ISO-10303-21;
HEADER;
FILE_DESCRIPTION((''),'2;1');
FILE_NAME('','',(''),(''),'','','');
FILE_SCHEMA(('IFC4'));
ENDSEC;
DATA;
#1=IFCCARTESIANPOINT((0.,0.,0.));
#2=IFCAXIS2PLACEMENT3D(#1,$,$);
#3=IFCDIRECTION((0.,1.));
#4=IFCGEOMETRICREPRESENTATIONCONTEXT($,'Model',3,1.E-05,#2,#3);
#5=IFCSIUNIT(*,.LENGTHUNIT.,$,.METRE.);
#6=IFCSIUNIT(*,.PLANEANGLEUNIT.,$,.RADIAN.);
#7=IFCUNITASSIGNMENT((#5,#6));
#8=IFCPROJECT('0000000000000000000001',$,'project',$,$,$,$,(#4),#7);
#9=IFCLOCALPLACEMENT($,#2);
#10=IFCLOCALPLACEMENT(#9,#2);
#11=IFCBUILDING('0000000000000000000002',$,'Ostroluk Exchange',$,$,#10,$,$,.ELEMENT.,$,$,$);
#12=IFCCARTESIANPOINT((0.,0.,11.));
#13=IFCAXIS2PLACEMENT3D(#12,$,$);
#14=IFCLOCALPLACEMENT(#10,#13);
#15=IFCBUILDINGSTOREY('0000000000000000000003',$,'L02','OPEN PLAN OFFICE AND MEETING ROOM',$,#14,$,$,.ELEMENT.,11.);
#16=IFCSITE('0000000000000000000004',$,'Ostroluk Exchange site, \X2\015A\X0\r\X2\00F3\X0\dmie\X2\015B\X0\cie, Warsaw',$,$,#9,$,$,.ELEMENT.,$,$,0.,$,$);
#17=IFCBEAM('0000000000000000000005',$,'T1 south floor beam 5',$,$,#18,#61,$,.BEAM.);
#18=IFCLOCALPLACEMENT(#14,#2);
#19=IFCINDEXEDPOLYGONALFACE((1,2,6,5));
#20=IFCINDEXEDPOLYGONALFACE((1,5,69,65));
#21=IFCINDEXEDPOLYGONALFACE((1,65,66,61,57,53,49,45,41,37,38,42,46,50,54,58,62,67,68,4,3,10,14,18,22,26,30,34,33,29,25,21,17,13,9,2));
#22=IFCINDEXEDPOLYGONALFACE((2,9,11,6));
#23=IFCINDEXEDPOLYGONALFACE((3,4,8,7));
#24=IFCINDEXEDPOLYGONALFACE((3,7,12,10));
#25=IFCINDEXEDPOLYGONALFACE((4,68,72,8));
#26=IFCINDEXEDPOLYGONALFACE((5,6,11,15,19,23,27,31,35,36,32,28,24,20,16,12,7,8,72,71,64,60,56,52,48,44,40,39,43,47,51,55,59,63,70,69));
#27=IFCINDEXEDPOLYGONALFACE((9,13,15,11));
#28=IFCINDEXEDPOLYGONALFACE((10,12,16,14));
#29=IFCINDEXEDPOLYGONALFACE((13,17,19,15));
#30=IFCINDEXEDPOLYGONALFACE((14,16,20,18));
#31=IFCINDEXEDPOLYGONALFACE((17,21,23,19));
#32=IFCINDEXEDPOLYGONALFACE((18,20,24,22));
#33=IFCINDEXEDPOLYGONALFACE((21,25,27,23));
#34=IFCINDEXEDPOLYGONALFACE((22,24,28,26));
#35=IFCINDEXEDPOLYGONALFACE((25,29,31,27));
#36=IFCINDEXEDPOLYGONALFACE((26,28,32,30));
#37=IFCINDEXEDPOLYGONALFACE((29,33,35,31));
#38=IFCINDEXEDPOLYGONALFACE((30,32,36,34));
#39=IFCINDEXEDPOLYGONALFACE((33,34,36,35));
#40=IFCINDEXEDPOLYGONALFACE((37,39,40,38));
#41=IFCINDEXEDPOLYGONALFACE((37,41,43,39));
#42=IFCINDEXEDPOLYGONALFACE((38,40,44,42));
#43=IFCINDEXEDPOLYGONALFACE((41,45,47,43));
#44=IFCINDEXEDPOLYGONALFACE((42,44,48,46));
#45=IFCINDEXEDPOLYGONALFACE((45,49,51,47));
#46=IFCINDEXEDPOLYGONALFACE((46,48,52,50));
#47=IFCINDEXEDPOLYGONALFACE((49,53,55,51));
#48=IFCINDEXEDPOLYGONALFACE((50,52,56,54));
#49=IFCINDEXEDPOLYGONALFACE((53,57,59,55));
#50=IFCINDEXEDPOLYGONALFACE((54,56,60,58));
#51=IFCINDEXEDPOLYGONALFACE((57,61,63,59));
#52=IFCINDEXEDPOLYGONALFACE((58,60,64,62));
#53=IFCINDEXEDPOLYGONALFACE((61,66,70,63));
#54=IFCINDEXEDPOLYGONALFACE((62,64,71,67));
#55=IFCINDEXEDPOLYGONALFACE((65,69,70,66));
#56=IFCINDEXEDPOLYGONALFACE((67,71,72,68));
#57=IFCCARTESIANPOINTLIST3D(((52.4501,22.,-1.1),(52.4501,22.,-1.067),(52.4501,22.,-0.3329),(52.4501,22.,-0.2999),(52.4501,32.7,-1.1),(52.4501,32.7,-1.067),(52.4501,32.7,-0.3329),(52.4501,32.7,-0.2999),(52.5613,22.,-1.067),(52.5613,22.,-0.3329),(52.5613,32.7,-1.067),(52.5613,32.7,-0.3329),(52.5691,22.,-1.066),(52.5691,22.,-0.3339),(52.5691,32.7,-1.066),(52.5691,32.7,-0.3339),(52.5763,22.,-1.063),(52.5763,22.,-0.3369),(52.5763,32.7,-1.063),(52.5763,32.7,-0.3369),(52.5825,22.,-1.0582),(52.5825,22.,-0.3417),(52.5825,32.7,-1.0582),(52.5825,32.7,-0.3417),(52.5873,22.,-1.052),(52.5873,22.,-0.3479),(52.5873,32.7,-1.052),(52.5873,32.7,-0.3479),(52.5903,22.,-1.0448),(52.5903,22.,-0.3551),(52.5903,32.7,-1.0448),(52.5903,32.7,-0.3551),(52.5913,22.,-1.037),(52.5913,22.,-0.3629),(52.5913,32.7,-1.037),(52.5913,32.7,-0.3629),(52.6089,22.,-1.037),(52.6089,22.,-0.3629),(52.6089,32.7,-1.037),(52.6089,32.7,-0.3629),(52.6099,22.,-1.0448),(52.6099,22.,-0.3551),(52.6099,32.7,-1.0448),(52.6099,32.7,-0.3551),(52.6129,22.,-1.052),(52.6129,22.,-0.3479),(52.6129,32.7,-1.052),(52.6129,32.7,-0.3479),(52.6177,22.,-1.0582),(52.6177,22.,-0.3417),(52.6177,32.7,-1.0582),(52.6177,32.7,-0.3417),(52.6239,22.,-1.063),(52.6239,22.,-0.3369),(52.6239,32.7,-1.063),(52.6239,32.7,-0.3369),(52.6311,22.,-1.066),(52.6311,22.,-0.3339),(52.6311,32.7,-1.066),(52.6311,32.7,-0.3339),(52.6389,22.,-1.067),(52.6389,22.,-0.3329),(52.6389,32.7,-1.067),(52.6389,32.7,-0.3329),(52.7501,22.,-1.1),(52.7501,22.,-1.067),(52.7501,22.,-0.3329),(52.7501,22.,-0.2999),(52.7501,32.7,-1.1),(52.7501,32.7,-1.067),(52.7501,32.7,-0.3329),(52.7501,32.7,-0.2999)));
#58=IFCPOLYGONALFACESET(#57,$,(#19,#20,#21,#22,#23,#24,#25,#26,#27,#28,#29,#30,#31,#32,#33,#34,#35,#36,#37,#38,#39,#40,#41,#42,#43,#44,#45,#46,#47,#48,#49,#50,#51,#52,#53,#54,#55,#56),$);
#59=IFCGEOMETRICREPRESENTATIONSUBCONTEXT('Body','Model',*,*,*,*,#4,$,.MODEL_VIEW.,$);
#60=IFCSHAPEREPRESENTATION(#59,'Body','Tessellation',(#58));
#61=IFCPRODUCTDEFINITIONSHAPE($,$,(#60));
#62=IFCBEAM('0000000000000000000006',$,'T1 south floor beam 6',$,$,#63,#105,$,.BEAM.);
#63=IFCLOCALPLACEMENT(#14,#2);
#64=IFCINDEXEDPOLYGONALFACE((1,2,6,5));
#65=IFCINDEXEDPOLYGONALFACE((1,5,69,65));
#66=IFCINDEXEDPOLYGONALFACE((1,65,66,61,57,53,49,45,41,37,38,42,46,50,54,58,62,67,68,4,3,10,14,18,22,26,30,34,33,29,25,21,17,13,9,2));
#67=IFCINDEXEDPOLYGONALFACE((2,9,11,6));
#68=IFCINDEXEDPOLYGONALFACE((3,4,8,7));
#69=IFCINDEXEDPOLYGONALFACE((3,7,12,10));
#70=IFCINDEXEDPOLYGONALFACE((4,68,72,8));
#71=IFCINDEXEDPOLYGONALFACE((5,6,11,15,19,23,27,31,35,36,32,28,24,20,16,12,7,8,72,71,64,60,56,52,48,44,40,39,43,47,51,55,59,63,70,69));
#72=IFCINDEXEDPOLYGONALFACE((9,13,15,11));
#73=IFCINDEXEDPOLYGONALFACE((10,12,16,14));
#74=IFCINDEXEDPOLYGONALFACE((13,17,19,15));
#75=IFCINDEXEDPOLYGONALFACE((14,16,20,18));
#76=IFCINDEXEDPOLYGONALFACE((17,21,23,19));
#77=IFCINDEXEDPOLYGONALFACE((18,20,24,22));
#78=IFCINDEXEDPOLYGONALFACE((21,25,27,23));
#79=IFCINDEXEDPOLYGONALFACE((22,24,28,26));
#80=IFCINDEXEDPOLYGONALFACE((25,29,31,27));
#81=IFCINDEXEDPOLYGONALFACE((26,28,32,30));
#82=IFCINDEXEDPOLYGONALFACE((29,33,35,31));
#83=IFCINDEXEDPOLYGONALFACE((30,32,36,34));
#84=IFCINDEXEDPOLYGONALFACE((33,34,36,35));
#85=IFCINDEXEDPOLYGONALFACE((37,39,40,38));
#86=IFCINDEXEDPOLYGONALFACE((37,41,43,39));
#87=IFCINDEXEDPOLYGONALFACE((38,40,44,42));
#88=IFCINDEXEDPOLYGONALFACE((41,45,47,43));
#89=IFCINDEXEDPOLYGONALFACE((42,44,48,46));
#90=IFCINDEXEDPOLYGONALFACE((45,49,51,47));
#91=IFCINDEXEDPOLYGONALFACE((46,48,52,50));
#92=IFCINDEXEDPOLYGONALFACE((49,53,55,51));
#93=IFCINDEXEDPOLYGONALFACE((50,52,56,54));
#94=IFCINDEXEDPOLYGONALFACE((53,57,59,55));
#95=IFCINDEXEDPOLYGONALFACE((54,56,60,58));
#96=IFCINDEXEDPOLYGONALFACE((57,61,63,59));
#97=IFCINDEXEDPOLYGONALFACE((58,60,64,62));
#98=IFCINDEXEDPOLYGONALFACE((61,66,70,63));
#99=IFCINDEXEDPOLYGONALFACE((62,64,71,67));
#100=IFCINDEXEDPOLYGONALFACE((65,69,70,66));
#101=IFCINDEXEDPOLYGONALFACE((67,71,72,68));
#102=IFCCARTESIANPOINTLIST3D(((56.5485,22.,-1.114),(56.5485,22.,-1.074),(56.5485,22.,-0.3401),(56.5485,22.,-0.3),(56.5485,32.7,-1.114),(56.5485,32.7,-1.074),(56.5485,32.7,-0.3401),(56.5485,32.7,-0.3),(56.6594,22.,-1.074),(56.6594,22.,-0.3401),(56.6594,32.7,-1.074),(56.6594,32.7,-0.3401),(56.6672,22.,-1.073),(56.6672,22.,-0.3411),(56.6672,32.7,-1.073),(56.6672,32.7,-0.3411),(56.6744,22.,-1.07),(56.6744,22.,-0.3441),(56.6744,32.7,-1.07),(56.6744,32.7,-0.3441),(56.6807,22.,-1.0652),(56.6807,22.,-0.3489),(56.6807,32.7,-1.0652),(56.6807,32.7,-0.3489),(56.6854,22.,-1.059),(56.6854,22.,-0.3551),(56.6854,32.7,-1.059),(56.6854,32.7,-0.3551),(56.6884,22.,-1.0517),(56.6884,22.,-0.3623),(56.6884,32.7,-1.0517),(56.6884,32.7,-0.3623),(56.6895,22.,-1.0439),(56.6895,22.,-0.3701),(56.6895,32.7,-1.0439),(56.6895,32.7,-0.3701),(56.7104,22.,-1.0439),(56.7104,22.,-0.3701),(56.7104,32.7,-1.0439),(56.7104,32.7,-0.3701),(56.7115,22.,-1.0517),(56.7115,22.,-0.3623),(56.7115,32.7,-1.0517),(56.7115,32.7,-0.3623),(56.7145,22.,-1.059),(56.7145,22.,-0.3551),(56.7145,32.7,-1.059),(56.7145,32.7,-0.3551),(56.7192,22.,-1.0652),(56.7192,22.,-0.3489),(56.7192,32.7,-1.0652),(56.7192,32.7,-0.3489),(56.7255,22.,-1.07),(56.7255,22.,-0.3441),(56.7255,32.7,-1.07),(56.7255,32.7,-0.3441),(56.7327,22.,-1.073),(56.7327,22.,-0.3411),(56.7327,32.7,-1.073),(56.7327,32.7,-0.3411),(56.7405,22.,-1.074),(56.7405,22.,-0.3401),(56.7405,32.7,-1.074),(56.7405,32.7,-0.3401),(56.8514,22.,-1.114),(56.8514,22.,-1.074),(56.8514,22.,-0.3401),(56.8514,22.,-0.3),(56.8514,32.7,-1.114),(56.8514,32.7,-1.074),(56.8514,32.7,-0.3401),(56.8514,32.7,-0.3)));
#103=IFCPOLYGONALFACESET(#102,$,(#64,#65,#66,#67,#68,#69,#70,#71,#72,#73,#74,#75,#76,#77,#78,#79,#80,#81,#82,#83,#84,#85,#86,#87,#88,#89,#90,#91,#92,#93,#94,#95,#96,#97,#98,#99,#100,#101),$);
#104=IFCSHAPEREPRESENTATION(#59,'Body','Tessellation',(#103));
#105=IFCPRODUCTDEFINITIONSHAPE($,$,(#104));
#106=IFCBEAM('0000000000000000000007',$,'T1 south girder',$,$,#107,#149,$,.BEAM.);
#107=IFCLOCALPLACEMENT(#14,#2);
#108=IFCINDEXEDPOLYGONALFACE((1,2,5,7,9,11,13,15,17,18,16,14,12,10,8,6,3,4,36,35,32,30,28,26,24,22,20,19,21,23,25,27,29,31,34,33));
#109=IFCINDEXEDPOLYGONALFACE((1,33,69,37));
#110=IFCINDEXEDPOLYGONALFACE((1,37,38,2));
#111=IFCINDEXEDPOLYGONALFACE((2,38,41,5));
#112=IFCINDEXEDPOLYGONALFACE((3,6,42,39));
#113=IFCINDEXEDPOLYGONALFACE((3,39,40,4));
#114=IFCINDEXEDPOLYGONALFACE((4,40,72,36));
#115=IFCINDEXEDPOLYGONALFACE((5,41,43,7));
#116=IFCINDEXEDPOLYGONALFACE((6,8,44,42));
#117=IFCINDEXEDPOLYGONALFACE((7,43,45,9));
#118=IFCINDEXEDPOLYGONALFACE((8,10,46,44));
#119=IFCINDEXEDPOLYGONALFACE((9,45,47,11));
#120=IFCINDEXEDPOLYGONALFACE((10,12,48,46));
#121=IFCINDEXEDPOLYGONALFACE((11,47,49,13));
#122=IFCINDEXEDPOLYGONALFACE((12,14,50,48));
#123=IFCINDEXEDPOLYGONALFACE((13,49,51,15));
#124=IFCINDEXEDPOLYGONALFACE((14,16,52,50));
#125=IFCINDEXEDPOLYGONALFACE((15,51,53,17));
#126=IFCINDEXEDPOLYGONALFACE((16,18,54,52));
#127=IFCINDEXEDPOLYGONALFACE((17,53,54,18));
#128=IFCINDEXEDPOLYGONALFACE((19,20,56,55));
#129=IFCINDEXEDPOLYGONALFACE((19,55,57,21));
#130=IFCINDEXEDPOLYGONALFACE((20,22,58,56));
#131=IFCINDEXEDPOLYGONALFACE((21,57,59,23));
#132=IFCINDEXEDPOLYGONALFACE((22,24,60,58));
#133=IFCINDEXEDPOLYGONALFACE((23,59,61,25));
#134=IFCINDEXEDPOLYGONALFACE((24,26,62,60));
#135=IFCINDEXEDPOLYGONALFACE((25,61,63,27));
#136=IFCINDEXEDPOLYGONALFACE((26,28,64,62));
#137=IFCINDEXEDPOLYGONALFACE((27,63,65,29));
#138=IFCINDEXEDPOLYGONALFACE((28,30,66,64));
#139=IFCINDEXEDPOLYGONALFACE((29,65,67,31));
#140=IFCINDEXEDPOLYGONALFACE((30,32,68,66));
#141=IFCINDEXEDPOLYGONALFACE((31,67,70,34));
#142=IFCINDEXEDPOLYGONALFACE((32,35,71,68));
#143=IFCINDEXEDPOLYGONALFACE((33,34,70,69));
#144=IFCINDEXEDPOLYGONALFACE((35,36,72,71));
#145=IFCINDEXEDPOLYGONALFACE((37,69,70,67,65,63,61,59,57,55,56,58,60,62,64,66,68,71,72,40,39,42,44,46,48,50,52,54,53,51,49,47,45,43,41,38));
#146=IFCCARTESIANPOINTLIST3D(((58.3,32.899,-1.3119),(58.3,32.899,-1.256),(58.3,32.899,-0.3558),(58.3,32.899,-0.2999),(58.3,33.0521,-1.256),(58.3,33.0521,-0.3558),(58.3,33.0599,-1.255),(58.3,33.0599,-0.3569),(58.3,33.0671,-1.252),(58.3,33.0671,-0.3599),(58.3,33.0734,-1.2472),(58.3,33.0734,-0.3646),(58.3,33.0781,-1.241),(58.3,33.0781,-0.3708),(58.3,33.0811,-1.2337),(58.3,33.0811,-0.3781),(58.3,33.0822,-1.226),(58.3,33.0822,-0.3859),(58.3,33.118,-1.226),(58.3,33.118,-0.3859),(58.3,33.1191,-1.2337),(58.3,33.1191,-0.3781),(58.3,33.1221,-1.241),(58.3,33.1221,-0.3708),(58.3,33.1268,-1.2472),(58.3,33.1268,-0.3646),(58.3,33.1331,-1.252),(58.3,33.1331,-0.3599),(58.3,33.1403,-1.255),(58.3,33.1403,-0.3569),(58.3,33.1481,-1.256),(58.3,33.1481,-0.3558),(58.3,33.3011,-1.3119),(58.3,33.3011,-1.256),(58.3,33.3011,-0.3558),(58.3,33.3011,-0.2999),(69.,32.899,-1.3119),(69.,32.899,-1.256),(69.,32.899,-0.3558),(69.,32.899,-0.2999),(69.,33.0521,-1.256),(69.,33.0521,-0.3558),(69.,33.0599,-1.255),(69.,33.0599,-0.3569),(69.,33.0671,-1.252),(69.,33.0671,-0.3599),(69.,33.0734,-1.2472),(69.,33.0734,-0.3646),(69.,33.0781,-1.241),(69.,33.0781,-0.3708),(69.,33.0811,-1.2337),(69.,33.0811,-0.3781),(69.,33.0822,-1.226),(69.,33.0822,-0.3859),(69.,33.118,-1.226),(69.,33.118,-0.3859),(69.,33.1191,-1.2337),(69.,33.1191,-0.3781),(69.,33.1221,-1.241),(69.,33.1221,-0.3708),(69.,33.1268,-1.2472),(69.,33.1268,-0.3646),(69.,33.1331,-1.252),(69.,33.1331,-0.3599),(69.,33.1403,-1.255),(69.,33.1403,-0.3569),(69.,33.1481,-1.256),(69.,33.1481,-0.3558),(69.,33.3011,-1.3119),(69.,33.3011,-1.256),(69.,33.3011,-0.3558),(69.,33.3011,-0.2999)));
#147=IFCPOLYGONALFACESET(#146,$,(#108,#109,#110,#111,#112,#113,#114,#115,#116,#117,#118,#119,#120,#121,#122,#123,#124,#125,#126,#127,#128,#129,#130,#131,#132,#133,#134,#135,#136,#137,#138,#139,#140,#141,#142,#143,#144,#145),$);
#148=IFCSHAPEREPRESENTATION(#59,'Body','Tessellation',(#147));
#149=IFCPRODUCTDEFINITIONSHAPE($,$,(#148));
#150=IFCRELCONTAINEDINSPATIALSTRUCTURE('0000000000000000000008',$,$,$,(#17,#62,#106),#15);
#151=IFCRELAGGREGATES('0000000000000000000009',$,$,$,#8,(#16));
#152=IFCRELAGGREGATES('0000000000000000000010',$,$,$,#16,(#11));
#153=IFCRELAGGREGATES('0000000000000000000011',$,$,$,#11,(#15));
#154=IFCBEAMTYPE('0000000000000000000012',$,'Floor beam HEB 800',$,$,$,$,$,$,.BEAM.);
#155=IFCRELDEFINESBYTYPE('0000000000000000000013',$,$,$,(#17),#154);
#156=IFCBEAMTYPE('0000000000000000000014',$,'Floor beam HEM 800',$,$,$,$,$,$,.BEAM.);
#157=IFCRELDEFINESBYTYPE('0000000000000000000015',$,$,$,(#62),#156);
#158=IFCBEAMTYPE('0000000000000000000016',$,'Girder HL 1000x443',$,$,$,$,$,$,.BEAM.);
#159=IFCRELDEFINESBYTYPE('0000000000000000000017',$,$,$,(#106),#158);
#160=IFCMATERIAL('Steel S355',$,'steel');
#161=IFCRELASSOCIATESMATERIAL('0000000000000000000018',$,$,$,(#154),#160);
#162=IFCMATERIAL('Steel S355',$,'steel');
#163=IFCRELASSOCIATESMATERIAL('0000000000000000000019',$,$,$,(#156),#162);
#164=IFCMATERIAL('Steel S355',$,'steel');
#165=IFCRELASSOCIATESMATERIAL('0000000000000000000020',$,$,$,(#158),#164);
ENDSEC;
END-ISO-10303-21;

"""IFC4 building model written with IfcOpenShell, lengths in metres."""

from ifc_helpers import new_model, si_unit, direction, frame, origin, origin_2d, place, context, subcontext, project, spatial, i_section, extrude, material, material_profile, profile_set, type_object, element, save


model = new_model("IFC4")

# Units and contexts
model_context = context("Model", 3, precision=1e-05, world=origin(), true_north=direction((0.0, 1.0)))
body_context = subcontext(model_context, "Body", "Model", "MODEL_VIEW")
ifc_project = project(units=[si_unit("LENGTHUNIT", "METRE"), si_unit("PLANEANGLEUNIT", "RADIAN")], contexts=[model_context])

# Site, building, storey
site_placement = place(None, origin())
site = spatial("IfcSite", under=ifc_project, at=site_placement, Name="Ostroluk Exchange site, Śródmieście, Warsaw", CompositionType="ELEMENT", RefElevation=0.0)
building_placement = place(site_placement, origin())
building = spatial("IfcBuilding", under=site, at=building_placement, Name="Ostroluk Exchange", CompositionType="ELEMENT")
storey_placement = place(building_placement, frame((0.0, 0.0, 11.0)))
storey = spatial("IfcBuildingStorey", under=building, at=storey_placement, Name="L02", Description="OPEN PLAN OFFICE AND MEETING ROOM", CompositionType="ELEMENT", Elevation=11.0)

# Beams
ifc_material_1 = material(Name="Steel S355", Category="steel")
ifc_material_profile_1 = material_profile(ifc_material_1, i_section(OverallWidth=0.3, OverallDepth=0.8, WebThickness=0.0176, FlangeThickness=0.033, FilletRadius=0.03, at=origin_2d()), Name="HEB 800")
ifc_profile_set_1 = profile_set([ifc_material_profile_1], Name="Steel S355")
beam_type_1 = type_object("IfcBeamType", Name="Floor beam HEB 800", PredefinedType="BEAM", material=ifc_profile_set_1)
for number, where, z_axis, x_axis, name in (
    (1, (52.6001, 32.7, -0.7), (0.0, -1.0, 0.0), (1.0, 0.0, 0.0), "T1 south floor beam 5"),
):
    element("IfcBeam", number, at=place(storey_placement, frame(where, z_axis=z_axis, x_axis=x_axis)), inside=storey, type_object=beam_type_1, Name=name, PredefinedType="BEAM", context=body_context, shape_type="SweptSolid", body=[
        extrude(i_section(OverallWidth=0.3, OverallDepth=0.8, WebThickness=0.0176, FlangeThickness=0.033, FilletRadius=0.03, at=origin_2d()), origin(), (0.0, 0.0, 1.0), 10.7),
    ])
ifc_material_2 = material(Name="Steel S355", Category="steel")
ifc_material_profile_2 = material_profile(ifc_material_2, i_section(OverallWidth=0.303, OverallDepth=0.814, WebThickness=0.021, FlangeThickness=0.04, FilletRadius=0.03, at=origin_2d()), Name="HEM 800")
ifc_profile_set_2 = profile_set([ifc_material_profile_2], Name="Steel S355")
beam_type_2 = type_object("IfcBeamType", Name="Floor beam HEM 800", PredefinedType="BEAM", material=ifc_profile_set_2)
beam_1_placement = place(storey_placement, frame((56.7, 32.7, -0.707), z_axis=(0.0, -1.0, 0.0), x_axis=(1.0, 0.0, 0.0)))
element("IfcBeam", 2, at=beam_1_placement, inside=storey, type_object=beam_type_2, Name="T1 south floor beam 6", PredefinedType="BEAM", context=body_context, shape_type="SweptSolid", body=[
    extrude(i_section(OverallWidth=0.303, OverallDepth=0.814, WebThickness=0.021, FlangeThickness=0.04, FilletRadius=0.03, at=origin_2d()), origin(), (0.0, 0.0, 1.0), 10.7),
])
ifc_material_3 = material(Name="Steel S355", Category="steel")
ifc_material_profile_3 = material_profile(ifc_material_3, i_section(OverallWidth=0.4021, OverallDepth=1.012, WebThickness=0.0359, FlangeThickness=0.0559, FilletRadius=0.03, at=origin_2d()), Name="HL 1000x443")
ifc_profile_set_3 = profile_set([ifc_material_profile_3], Name="Steel S355")
beam_type_3 = type_object("IfcBeamType", Name="Girder HL 1000x443", PredefinedType="BEAM", material=ifc_profile_set_3)
beam_2_placement = place(storey_placement, frame((58.3, 33.1001, -0.8059), z_axis=(1.0, 0.0, 0.0), x_axis=(0.0, 1.0, 0.0)))
element("IfcBeam", 3, at=beam_2_placement, inside=storey, type_object=beam_type_3, Name="T1 south girder", PredefinedType="BEAM", context=body_context, shape_type="SweptSolid", body=[
    extrude(i_section(OverallWidth=0.4021, OverallDepth=1.012, WebThickness=0.0359, FlangeThickness=0.0559, FilletRadius=0.03, at=origin_2d()), origin(), (0.0, 0.0, 1.0), 10.7),
])

save(model, "model.ifc")
